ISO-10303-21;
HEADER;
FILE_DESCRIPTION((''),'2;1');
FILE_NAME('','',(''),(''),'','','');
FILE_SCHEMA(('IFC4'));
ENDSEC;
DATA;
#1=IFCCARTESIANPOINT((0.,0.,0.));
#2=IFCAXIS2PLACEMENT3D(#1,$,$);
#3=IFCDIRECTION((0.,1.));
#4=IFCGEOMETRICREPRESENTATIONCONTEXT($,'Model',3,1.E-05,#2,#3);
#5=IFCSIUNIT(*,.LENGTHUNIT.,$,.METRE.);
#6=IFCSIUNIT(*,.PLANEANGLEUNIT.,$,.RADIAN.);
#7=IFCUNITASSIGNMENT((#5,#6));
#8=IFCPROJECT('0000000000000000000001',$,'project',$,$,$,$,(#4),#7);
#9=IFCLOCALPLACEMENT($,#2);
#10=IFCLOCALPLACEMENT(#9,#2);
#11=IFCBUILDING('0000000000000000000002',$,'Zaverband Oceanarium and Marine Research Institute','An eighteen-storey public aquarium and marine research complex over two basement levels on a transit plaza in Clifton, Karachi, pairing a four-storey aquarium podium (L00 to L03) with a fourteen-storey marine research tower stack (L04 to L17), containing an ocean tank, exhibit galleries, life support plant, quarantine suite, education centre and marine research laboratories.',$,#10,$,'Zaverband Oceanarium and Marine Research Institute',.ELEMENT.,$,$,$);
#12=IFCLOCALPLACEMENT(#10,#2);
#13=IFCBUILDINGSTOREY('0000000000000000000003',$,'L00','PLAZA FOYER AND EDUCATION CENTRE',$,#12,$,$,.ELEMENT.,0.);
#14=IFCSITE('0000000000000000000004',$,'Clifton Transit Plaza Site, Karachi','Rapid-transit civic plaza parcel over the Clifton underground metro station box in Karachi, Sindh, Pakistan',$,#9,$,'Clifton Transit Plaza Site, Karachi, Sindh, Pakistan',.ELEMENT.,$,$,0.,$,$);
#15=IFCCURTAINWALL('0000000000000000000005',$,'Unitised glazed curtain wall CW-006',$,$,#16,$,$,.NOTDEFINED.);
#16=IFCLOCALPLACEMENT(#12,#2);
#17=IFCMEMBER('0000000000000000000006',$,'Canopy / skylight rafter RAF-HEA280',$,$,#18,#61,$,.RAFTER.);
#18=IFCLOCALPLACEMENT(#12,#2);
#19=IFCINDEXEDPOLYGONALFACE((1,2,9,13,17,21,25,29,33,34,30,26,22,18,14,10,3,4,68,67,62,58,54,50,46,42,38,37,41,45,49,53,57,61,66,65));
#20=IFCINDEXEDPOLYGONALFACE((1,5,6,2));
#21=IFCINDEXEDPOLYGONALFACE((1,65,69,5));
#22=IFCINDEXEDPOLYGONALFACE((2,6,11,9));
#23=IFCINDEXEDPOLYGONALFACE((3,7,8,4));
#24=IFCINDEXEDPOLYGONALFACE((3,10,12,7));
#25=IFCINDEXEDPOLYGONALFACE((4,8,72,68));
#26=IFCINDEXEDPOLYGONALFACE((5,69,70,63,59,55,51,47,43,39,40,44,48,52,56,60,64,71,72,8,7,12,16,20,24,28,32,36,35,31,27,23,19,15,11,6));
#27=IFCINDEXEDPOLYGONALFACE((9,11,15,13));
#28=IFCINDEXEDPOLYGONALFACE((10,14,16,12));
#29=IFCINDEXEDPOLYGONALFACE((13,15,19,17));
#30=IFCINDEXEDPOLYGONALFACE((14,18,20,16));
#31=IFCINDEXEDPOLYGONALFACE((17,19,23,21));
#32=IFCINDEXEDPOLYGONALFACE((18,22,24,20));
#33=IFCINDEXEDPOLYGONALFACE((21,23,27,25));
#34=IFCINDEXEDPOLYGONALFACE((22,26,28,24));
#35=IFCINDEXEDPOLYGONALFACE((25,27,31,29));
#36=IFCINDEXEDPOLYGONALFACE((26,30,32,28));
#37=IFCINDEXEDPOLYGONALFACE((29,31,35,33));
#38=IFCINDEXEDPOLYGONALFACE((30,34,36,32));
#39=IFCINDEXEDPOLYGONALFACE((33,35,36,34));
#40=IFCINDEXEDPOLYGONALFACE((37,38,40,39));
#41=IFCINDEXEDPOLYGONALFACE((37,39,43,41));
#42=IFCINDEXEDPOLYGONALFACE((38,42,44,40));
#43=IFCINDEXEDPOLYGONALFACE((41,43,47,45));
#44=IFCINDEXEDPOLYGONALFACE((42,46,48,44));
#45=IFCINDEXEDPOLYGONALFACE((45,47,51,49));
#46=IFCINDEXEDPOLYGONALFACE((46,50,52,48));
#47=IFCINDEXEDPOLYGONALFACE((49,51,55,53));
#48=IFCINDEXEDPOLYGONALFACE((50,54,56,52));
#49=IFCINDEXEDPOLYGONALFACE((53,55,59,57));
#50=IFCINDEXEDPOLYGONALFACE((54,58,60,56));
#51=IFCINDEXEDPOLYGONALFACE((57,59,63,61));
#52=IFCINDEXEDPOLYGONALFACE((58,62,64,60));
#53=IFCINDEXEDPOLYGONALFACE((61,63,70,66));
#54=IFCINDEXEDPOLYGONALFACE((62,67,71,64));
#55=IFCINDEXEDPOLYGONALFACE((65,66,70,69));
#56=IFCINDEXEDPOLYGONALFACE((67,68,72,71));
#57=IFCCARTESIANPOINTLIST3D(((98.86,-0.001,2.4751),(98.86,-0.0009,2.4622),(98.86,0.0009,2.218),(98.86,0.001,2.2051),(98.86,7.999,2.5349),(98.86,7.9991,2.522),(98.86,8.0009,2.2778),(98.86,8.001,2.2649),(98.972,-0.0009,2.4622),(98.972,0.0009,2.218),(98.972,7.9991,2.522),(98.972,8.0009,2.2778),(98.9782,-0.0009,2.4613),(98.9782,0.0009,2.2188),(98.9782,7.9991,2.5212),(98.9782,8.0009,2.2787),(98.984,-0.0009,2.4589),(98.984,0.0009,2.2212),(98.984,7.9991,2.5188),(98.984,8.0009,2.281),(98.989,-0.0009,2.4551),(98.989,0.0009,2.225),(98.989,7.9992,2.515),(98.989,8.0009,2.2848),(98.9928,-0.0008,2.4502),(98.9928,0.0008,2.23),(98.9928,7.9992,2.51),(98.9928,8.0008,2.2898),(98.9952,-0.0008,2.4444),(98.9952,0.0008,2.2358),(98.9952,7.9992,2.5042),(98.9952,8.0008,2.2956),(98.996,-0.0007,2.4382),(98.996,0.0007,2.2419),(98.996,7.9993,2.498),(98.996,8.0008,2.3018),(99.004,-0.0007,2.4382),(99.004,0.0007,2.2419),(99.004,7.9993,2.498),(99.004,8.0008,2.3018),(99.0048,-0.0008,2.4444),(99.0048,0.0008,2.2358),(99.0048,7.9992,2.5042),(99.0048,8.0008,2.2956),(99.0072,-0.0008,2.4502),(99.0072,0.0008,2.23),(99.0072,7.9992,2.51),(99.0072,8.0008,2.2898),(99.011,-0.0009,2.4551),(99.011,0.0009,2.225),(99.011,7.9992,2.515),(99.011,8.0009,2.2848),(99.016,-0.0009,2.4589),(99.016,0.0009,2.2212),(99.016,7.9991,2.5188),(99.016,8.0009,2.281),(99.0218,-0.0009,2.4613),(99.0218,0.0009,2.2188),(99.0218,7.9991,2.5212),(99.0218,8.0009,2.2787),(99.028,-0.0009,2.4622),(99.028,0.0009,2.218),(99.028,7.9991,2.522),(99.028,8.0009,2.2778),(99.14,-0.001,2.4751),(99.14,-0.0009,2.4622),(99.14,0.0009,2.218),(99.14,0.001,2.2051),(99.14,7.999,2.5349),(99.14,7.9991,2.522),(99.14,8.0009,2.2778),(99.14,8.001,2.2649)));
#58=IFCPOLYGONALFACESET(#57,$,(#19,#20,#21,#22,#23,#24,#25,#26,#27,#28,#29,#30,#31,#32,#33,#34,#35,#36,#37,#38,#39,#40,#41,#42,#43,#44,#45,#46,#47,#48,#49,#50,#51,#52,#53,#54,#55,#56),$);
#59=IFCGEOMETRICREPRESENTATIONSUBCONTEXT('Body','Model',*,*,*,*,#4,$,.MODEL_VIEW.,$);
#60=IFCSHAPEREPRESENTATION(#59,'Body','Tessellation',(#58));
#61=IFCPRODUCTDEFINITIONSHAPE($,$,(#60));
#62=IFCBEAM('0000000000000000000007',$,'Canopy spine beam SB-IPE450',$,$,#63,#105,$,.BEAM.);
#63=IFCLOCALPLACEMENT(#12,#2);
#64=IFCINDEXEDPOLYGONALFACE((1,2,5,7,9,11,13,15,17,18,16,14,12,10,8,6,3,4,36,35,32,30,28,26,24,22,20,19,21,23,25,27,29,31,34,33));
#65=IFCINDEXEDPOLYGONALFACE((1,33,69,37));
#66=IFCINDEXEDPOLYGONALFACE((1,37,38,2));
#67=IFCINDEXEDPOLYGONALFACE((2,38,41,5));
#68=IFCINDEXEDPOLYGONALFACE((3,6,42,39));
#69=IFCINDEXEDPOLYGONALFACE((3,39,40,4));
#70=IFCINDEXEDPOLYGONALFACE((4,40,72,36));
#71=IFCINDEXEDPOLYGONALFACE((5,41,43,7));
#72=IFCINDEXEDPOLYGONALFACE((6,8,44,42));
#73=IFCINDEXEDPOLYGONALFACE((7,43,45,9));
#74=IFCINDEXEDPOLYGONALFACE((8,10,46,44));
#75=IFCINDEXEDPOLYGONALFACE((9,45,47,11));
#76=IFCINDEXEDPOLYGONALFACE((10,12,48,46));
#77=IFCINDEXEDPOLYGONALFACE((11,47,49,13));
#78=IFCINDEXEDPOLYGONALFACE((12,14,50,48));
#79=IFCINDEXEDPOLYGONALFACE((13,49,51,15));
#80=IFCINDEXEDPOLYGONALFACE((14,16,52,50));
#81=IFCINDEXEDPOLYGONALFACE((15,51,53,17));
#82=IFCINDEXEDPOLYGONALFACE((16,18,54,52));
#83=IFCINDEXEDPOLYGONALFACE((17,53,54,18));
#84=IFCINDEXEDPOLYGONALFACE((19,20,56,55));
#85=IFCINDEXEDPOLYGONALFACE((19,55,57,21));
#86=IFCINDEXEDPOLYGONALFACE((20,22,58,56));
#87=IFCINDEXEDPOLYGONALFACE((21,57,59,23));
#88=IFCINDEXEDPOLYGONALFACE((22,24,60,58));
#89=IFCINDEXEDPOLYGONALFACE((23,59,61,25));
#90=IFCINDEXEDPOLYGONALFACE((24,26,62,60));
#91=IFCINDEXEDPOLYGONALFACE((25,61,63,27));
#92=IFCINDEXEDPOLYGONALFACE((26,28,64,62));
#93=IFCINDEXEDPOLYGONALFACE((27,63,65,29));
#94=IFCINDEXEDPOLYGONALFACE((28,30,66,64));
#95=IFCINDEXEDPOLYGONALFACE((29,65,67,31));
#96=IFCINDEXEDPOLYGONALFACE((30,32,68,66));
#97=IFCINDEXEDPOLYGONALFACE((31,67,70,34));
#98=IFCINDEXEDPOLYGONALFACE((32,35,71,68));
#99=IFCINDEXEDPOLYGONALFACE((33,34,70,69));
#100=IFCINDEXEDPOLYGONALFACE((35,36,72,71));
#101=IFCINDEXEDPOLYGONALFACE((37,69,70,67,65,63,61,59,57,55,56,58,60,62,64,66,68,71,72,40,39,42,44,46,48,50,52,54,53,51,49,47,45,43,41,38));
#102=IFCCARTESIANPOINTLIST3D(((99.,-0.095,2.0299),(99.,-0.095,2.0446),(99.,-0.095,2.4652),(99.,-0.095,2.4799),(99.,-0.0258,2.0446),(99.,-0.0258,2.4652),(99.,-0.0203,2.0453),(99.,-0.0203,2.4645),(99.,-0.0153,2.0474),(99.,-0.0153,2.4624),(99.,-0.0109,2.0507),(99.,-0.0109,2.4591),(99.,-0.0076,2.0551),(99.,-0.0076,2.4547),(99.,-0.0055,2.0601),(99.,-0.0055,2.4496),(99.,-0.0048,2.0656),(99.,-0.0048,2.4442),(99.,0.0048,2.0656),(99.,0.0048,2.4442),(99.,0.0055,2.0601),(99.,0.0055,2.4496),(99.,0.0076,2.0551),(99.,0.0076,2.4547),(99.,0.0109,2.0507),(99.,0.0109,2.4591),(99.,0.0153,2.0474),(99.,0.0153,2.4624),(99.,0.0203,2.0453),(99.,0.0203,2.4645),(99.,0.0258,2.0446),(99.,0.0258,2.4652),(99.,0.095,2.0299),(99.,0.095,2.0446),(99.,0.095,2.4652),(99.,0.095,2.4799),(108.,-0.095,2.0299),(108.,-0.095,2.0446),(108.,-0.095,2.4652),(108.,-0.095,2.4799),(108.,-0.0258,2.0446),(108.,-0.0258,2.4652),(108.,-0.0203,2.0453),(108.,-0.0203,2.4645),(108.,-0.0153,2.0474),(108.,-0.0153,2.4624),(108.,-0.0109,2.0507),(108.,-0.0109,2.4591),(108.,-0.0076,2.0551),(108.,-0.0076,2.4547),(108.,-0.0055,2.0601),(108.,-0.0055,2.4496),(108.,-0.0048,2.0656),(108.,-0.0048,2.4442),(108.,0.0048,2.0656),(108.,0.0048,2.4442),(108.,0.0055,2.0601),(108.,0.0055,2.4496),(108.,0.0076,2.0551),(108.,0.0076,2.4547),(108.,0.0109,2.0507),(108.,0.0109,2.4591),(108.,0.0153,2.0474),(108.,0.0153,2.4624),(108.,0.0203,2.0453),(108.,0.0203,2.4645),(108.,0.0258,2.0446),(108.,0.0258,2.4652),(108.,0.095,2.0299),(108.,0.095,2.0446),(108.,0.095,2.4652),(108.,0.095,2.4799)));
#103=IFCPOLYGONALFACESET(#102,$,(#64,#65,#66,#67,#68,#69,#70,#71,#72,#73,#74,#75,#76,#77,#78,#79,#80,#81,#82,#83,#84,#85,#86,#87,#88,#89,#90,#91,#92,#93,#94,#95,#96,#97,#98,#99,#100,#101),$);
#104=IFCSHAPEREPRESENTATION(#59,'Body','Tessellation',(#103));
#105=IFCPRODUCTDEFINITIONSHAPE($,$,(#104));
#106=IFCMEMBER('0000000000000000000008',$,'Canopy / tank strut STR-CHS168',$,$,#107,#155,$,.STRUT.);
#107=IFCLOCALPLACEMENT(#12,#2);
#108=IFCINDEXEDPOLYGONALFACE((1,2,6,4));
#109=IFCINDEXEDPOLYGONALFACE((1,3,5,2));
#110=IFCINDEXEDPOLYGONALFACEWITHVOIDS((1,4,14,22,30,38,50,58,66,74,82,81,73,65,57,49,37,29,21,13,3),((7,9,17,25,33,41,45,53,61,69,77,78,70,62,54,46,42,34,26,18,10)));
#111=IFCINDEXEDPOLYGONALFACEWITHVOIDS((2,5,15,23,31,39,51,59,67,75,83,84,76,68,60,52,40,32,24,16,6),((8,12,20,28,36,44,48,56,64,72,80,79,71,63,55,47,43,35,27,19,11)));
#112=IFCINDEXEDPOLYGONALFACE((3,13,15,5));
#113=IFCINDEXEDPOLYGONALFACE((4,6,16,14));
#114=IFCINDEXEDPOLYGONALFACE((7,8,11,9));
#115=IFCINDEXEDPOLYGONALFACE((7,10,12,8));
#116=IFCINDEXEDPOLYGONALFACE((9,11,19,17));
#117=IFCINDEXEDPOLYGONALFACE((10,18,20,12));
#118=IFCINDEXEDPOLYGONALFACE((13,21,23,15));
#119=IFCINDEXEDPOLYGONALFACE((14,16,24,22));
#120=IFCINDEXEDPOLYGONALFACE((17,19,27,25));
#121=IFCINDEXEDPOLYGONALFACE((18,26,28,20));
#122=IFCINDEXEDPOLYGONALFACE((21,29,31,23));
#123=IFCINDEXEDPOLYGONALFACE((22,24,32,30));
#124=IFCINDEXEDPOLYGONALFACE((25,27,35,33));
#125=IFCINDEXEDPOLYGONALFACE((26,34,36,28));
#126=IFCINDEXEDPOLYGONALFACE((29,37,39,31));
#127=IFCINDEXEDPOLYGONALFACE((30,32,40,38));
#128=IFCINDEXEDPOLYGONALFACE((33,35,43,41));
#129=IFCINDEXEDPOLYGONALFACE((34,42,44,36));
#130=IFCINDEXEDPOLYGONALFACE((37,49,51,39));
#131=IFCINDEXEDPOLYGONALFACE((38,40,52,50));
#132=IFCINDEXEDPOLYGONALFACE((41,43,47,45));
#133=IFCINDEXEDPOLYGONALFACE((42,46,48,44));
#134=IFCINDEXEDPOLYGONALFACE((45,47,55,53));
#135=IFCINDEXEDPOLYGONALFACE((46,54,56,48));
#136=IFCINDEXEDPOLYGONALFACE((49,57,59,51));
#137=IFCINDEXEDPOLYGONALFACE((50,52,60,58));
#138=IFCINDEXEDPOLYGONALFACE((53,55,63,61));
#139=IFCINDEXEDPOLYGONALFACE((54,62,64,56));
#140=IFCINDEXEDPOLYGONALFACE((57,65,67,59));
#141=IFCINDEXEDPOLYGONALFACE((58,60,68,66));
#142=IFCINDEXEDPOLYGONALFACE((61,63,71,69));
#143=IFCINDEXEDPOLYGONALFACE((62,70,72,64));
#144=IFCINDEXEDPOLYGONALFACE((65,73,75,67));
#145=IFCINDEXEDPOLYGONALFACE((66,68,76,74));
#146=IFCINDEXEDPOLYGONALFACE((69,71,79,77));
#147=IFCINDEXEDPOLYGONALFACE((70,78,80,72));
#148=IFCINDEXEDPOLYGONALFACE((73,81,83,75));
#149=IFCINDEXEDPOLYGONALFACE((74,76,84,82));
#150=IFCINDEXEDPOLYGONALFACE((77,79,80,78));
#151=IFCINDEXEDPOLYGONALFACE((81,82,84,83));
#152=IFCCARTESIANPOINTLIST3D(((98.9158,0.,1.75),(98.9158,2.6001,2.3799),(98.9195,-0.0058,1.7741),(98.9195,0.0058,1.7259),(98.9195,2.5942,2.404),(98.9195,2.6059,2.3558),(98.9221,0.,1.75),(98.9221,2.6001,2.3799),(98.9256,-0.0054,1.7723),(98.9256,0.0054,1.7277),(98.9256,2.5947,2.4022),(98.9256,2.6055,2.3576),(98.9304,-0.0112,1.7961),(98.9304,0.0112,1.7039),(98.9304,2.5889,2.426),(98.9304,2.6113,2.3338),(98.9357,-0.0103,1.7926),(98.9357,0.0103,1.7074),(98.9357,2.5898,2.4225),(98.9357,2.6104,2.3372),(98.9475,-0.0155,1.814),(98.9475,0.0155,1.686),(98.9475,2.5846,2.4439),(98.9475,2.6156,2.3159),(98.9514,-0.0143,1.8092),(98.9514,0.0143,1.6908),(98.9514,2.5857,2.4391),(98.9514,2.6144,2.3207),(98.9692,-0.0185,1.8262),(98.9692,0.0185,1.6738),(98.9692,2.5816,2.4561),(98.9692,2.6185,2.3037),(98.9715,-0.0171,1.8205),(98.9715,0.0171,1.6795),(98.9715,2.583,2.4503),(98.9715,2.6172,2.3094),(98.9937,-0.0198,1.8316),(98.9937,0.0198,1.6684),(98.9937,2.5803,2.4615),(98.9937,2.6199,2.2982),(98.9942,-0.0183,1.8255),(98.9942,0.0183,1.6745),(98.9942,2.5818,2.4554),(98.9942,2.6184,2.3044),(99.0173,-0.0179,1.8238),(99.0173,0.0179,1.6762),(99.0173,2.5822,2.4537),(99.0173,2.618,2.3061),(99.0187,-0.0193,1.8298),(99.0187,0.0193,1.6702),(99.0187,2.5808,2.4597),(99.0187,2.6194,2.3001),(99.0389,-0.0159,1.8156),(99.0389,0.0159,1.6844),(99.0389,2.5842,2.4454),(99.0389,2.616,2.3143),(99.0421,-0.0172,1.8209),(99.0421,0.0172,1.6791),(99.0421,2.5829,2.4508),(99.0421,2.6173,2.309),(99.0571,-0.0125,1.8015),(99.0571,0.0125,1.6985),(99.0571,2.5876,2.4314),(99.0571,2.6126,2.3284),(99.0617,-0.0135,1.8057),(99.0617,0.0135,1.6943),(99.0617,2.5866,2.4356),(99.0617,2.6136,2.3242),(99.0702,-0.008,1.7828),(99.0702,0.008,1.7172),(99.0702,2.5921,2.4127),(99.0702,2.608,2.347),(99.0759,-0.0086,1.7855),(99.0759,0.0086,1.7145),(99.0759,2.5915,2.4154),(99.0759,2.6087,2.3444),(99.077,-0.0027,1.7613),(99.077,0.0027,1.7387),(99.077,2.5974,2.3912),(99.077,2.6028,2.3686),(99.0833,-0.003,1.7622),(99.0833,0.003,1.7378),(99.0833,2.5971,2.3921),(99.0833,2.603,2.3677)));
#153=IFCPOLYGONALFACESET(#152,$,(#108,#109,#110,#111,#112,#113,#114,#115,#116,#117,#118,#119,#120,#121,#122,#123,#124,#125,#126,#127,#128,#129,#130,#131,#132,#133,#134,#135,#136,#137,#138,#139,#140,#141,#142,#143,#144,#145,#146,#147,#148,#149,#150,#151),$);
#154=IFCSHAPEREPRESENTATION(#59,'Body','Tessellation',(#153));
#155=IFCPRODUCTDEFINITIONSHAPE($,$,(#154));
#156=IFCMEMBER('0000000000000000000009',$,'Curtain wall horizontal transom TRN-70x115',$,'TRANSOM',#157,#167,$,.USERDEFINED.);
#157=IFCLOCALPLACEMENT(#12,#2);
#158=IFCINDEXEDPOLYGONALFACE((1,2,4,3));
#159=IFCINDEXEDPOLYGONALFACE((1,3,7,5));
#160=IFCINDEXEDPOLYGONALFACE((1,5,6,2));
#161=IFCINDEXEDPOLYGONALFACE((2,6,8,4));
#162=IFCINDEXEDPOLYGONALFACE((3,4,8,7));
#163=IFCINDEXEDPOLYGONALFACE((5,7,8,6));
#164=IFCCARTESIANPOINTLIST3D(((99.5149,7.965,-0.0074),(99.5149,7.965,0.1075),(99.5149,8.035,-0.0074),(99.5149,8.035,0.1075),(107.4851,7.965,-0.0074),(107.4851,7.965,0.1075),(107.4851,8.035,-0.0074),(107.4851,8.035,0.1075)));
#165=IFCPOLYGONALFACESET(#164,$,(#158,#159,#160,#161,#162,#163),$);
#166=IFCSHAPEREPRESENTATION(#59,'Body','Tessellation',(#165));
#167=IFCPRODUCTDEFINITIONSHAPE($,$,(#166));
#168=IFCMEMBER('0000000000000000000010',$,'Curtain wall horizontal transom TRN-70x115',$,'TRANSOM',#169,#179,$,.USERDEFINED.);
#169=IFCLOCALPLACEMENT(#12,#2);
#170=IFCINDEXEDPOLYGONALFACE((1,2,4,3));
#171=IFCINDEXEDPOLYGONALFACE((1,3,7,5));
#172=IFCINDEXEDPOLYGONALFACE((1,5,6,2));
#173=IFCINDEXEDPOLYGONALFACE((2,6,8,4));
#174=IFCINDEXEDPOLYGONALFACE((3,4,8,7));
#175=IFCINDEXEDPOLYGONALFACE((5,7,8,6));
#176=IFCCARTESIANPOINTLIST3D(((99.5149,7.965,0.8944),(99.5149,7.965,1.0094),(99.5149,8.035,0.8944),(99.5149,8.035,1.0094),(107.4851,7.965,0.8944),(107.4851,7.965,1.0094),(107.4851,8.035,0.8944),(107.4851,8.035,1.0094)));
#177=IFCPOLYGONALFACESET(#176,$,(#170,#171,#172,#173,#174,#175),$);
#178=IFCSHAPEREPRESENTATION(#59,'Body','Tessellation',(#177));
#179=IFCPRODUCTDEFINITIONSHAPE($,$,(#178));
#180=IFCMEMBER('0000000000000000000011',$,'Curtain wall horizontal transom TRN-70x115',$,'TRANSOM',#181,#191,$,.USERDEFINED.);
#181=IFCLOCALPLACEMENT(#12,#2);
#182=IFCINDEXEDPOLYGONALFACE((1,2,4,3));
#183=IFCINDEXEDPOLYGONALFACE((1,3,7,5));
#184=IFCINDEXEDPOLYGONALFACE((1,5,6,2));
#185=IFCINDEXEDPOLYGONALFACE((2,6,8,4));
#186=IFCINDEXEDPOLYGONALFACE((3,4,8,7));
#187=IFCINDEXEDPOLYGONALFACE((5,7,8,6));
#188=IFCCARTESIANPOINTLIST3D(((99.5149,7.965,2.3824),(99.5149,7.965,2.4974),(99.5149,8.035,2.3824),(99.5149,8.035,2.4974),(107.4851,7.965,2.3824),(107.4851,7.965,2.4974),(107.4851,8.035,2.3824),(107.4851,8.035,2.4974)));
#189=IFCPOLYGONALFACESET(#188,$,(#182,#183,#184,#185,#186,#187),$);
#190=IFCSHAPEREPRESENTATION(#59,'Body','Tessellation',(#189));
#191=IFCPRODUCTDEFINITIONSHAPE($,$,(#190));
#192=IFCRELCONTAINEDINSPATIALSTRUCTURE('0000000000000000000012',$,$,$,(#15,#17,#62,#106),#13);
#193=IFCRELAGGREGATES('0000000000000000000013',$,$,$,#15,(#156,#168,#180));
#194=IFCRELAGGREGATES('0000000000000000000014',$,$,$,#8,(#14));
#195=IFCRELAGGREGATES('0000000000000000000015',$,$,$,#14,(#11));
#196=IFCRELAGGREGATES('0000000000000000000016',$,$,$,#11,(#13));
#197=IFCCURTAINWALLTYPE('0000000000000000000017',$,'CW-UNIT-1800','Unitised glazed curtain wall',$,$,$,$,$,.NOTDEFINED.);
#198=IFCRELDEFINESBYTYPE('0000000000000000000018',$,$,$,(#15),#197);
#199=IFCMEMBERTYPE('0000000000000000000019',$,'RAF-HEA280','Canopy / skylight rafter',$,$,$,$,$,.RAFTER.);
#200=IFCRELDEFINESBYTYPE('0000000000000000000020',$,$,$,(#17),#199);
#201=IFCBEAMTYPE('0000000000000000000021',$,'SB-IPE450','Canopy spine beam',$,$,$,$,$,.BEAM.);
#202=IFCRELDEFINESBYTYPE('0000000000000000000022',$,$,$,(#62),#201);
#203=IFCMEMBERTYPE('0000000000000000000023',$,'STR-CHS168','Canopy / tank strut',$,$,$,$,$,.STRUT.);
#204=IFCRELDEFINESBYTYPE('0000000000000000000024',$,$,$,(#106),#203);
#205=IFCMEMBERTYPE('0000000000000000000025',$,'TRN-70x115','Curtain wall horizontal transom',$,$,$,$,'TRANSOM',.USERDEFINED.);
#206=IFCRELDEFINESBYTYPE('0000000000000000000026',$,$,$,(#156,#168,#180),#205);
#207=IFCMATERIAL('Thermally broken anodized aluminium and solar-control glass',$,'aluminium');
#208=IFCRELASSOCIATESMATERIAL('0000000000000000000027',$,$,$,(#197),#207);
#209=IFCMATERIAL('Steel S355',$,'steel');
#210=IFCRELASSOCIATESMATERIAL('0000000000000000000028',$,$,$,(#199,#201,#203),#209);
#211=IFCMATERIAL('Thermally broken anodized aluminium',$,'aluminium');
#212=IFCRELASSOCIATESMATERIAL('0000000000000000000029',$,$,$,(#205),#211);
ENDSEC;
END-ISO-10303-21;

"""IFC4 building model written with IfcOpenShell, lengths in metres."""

from ifc_helpers import new_model, si_unit, direction, frame, origin, origin_2d, place, context, subcontext, project, spatial, rectangle, hollow_circle, i_section, extrude, material, material_profile, profile_set, type_object, element, aggregate, save


model = new_model("IFC4")

# Units and contexts
model_context = context("Model", 3, precision=1e-05, world=origin(), true_north=direction((0.0, 1.0)))
body_context = subcontext(model_context, "Body", "Model", "MODEL_VIEW")
ifc_project = project(units=[si_unit("LENGTHUNIT", "METRE"), si_unit("PLANEANGLEUNIT", "RADIAN")], contexts=[model_context])

# Site, building, storey
site_placement = place(None, origin())
site = spatial("IfcSite", under=ifc_project, at=site_placement, Name="Clifton Transit Plaza Site, Karachi", Description="Rapid-transit civic plaza parcel over the Clifton underground metro station box in Karachi, Sindh, Pakistan", LongName="Clifton Transit Plaza Site, Karachi, Sindh, Pakistan", CompositionType="ELEMENT", RefElevation=0.0)
building_placement = place(site_placement, origin())
building = spatial("IfcBuilding", under=site, at=building_placement, Name="Zaverband Oceanarium and Marine Research Institute", Description="An eighteen-storey public aquarium and marine research complex over two basement levels on a transit plaza in Clifton, Karachi, pairing a four-storey aquarium podium (L00 to L03) with a fourteen-storey marine research tower stack (L04 to L17), containing an ocean tank, exhibit galleries, life support plant, quarantine suite, education centre and marine research laboratories.", LongName="Zaverband Oceanarium and Marine Research Institute", CompositionType="ELEMENT")
storey_placement = place(building_placement, origin())
storey = spatial("IfcBuildingStorey", under=building, at=storey_placement, Name="L00", Description="PLAZA FOYER AND EDUCATION CENTRE", CompositionType="ELEMENT", Elevation=0.0)

# Shared definitions
ifc_material_1 = material(Name="Steel S355", Category="steel")

# Curtain wall
ifc_material_2 = material(Name="Thermally broken anodized aluminium and solar-control glass", Category="aluminium")
curtain_wall_type = type_object("IfcCurtainWallType", Name="CW-UNIT-1800", Description="Unitised glazed curtain wall", PredefinedType="NOTDEFINED", material=ifc_material_2)
curtain_wall_placement = place(storey_placement, origin())
curtain_wall = element("IfcCurtainWall", 1, at=curtain_wall_placement, inside=storey, type_object=curtain_wall_type, Name="Unitised glazed curtain wall CW-006", PredefinedType="NOTDEFINED")
ifc_material_3 = material(Name="Thermally broken anodized aluminium", Category="aluminium")

# Member
ifc_material_profile_1 = material_profile(ifc_material_1, i_section(OverallWidth=0.28, OverallDepth=0.27, WebThickness=0.0081, FlangeThickness=0.0129, FilletRadius=0.0239, at=origin_2d()), Name="HEA280")
ifc_profile_set_1 = profile_set([ifc_material_profile_1], Name="Steel S355")
member_type_1 = type_object("IfcMemberType", Name="RAF-HEA280", Description="Canopy / skylight rafter", PredefinedType="RAFTER", material=ifc_profile_set_1)
member_1_placement = place(storey_placement, frame((99.0, 0.0, 2.3401), z_axis=(0.0, 0.999972, 0.007477), x_axis=(-1.0, 0.0, 0.0)))
element("IfcMember", 2, at=member_1_placement, inside=storey, type_object=member_type_1, Name="Canopy / skylight rafter RAF-HEA280", PredefinedType="RAFTER", context=body_context, shape_type="SweptSolid", body=[
    extrude(i_section(OverallWidth=0.28, OverallDepth=0.27, WebThickness=0.0081, FlangeThickness=0.0129, FilletRadius=0.0239, at=origin_2d()), origin(), (0.0, 0.0, 1.0), 8.0002),
])

# Beam
ifc_material_profile_2 = material_profile(ifc_material_1, i_section(OverallWidth=0.1899, OverallDepth=0.45, WebThickness=0.0095, FlangeThickness=0.0146, FilletRadius=0.021, at=origin_2d()), Name="IPE450")
ifc_profile_set_2 = profile_set([ifc_material_profile_2], Name="Steel S355")
beam_type_1 = type_object("IfcBeamType", Name="SB-IPE450", Description="Canopy spine beam", PredefinedType="BEAM", material=ifc_profile_set_2)
beam_1_placement = place(storey_placement, frame((99.0, 0.0, 2.2549), z_axis=(1.0, 0.0, 0.0), x_axis=(0.0, 1.0, 0.0)))
element("IfcBeam", 3, at=beam_1_placement, inside=storey, type_object=beam_type_1, Name="Canopy spine beam SB-IPE450", PredefinedType="BEAM", context=body_context, shape_type="SweptSolid", body=[
    extrude(i_section(OverallWidth=0.1899, OverallDepth=0.45, WebThickness=0.0095, FlangeThickness=0.0146, FilletRadius=0.021, at=origin_2d()), origin(), (0.0, 0.0, 1.0), 9.0),
])

# Members
ifc_material_profile_3 = material_profile(ifc_material_1, hollow_circle(Radius=0.0842, WallThickness=0.0063, at=origin_2d()), Name="CHS168x6.3")
ifc_profile_set_3 = profile_set([ifc_material_profile_3], Name="Steel S355")
member_type_2 = type_object("IfcMemberType", Name="STR-CHS168", Description="Canopy / tank strut", PredefinedType="STRUT", material=ifc_profile_set_3)
member_2_placement = place(storey_placement, frame((99.0, 0.0, 1.75), z_axis=(0.0, 0.971888, 0.235443), x_axis=(-1.0, 0.0, 0.0)))
element("IfcMember", 4, at=member_2_placement, inside=storey, type_object=member_type_2, Name="Canopy / tank strut STR-CHS168", PredefinedType="STRUT", context=body_context, shape_type="SweptSolid", body=[
    extrude(hollow_circle(Radius=0.0842, WallThickness=0.0063, at=origin_2d()), origin(), (0.0, 0.0, 1.0), 2.6753),
])
ifc_material_profile_4 = material_profile(ifc_material_3, rectangle(XDim=0.0701, YDim=0.115, at=origin_2d()), Name="AL-TRN-70x115")
ifc_profile_set_4 = profile_set([ifc_material_profile_4], Name="Thermally broken anodized aluminium")
member_type_3 = type_object("IfcMemberType", Name="TRN-70x115", Description="Curtain wall horizontal transom", ElementType="TRANSOM", PredefinedType="USERDEFINED", material=ifc_profile_set_4)
member_3_placement = place(storey_placement, frame((99.5149, 8.0, 0.05), z_axis=(1.0, 0.0, 0.0), x_axis=(0.0, 1.0, 0.0)))
member_3 = element("IfcMember", 5, at=member_3_placement, type_object=member_type_3, Name="Curtain wall horizontal transom TRN-70x115", ObjectType="TRANSOM", PredefinedType="USERDEFINED", context=body_context, shape_type="SweptSolid", body=[
    extrude(rectangle(XDim=0.0701, YDim=0.115, at=origin_2d()), origin(), (0.0, 0.0, 1.0), 7.9702),
])
member_4_placement = place(storey_placement, frame((99.5149, 8.0, 0.9519), z_axis=(1.0, 0.0, 0.0), x_axis=(0.0, 1.0, 0.0)))
member_4 = element("IfcMember", 6, at=member_4_placement, type_object=member_type_3, Name="Curtain wall horizontal transom TRN-70x115", ObjectType="TRANSOM", PredefinedType="USERDEFINED", context=body_context, shape_type="SweptSolid", body=[
    extrude(rectangle(XDim=0.0701, YDim=0.115, at=origin_2d()), origin(), (0.0, 0.0, 1.0), 7.9702),
])
member_5_placement = place(storey_placement, frame((99.5149, 8.0, 2.4399), z_axis=(1.0, 0.0, 0.0), x_axis=(0.0, 1.0, 0.0)))
member_5 = element("IfcMember", 7, at=member_5_placement, type_object=member_type_3, Name="Curtain wall horizontal transom TRN-70x115", ObjectType="TRANSOM", PredefinedType="USERDEFINED", context=body_context, shape_type="SweptSolid", body=[
    extrude(rectangle(XDim=0.0701, YDim=0.115, at=origin_2d()), origin(), (0.0, 0.0, 1.0), 7.9702),
])

aggregate(curtain_wall, [member_3, member_4, member_5])

save(model, "model.ifc")
